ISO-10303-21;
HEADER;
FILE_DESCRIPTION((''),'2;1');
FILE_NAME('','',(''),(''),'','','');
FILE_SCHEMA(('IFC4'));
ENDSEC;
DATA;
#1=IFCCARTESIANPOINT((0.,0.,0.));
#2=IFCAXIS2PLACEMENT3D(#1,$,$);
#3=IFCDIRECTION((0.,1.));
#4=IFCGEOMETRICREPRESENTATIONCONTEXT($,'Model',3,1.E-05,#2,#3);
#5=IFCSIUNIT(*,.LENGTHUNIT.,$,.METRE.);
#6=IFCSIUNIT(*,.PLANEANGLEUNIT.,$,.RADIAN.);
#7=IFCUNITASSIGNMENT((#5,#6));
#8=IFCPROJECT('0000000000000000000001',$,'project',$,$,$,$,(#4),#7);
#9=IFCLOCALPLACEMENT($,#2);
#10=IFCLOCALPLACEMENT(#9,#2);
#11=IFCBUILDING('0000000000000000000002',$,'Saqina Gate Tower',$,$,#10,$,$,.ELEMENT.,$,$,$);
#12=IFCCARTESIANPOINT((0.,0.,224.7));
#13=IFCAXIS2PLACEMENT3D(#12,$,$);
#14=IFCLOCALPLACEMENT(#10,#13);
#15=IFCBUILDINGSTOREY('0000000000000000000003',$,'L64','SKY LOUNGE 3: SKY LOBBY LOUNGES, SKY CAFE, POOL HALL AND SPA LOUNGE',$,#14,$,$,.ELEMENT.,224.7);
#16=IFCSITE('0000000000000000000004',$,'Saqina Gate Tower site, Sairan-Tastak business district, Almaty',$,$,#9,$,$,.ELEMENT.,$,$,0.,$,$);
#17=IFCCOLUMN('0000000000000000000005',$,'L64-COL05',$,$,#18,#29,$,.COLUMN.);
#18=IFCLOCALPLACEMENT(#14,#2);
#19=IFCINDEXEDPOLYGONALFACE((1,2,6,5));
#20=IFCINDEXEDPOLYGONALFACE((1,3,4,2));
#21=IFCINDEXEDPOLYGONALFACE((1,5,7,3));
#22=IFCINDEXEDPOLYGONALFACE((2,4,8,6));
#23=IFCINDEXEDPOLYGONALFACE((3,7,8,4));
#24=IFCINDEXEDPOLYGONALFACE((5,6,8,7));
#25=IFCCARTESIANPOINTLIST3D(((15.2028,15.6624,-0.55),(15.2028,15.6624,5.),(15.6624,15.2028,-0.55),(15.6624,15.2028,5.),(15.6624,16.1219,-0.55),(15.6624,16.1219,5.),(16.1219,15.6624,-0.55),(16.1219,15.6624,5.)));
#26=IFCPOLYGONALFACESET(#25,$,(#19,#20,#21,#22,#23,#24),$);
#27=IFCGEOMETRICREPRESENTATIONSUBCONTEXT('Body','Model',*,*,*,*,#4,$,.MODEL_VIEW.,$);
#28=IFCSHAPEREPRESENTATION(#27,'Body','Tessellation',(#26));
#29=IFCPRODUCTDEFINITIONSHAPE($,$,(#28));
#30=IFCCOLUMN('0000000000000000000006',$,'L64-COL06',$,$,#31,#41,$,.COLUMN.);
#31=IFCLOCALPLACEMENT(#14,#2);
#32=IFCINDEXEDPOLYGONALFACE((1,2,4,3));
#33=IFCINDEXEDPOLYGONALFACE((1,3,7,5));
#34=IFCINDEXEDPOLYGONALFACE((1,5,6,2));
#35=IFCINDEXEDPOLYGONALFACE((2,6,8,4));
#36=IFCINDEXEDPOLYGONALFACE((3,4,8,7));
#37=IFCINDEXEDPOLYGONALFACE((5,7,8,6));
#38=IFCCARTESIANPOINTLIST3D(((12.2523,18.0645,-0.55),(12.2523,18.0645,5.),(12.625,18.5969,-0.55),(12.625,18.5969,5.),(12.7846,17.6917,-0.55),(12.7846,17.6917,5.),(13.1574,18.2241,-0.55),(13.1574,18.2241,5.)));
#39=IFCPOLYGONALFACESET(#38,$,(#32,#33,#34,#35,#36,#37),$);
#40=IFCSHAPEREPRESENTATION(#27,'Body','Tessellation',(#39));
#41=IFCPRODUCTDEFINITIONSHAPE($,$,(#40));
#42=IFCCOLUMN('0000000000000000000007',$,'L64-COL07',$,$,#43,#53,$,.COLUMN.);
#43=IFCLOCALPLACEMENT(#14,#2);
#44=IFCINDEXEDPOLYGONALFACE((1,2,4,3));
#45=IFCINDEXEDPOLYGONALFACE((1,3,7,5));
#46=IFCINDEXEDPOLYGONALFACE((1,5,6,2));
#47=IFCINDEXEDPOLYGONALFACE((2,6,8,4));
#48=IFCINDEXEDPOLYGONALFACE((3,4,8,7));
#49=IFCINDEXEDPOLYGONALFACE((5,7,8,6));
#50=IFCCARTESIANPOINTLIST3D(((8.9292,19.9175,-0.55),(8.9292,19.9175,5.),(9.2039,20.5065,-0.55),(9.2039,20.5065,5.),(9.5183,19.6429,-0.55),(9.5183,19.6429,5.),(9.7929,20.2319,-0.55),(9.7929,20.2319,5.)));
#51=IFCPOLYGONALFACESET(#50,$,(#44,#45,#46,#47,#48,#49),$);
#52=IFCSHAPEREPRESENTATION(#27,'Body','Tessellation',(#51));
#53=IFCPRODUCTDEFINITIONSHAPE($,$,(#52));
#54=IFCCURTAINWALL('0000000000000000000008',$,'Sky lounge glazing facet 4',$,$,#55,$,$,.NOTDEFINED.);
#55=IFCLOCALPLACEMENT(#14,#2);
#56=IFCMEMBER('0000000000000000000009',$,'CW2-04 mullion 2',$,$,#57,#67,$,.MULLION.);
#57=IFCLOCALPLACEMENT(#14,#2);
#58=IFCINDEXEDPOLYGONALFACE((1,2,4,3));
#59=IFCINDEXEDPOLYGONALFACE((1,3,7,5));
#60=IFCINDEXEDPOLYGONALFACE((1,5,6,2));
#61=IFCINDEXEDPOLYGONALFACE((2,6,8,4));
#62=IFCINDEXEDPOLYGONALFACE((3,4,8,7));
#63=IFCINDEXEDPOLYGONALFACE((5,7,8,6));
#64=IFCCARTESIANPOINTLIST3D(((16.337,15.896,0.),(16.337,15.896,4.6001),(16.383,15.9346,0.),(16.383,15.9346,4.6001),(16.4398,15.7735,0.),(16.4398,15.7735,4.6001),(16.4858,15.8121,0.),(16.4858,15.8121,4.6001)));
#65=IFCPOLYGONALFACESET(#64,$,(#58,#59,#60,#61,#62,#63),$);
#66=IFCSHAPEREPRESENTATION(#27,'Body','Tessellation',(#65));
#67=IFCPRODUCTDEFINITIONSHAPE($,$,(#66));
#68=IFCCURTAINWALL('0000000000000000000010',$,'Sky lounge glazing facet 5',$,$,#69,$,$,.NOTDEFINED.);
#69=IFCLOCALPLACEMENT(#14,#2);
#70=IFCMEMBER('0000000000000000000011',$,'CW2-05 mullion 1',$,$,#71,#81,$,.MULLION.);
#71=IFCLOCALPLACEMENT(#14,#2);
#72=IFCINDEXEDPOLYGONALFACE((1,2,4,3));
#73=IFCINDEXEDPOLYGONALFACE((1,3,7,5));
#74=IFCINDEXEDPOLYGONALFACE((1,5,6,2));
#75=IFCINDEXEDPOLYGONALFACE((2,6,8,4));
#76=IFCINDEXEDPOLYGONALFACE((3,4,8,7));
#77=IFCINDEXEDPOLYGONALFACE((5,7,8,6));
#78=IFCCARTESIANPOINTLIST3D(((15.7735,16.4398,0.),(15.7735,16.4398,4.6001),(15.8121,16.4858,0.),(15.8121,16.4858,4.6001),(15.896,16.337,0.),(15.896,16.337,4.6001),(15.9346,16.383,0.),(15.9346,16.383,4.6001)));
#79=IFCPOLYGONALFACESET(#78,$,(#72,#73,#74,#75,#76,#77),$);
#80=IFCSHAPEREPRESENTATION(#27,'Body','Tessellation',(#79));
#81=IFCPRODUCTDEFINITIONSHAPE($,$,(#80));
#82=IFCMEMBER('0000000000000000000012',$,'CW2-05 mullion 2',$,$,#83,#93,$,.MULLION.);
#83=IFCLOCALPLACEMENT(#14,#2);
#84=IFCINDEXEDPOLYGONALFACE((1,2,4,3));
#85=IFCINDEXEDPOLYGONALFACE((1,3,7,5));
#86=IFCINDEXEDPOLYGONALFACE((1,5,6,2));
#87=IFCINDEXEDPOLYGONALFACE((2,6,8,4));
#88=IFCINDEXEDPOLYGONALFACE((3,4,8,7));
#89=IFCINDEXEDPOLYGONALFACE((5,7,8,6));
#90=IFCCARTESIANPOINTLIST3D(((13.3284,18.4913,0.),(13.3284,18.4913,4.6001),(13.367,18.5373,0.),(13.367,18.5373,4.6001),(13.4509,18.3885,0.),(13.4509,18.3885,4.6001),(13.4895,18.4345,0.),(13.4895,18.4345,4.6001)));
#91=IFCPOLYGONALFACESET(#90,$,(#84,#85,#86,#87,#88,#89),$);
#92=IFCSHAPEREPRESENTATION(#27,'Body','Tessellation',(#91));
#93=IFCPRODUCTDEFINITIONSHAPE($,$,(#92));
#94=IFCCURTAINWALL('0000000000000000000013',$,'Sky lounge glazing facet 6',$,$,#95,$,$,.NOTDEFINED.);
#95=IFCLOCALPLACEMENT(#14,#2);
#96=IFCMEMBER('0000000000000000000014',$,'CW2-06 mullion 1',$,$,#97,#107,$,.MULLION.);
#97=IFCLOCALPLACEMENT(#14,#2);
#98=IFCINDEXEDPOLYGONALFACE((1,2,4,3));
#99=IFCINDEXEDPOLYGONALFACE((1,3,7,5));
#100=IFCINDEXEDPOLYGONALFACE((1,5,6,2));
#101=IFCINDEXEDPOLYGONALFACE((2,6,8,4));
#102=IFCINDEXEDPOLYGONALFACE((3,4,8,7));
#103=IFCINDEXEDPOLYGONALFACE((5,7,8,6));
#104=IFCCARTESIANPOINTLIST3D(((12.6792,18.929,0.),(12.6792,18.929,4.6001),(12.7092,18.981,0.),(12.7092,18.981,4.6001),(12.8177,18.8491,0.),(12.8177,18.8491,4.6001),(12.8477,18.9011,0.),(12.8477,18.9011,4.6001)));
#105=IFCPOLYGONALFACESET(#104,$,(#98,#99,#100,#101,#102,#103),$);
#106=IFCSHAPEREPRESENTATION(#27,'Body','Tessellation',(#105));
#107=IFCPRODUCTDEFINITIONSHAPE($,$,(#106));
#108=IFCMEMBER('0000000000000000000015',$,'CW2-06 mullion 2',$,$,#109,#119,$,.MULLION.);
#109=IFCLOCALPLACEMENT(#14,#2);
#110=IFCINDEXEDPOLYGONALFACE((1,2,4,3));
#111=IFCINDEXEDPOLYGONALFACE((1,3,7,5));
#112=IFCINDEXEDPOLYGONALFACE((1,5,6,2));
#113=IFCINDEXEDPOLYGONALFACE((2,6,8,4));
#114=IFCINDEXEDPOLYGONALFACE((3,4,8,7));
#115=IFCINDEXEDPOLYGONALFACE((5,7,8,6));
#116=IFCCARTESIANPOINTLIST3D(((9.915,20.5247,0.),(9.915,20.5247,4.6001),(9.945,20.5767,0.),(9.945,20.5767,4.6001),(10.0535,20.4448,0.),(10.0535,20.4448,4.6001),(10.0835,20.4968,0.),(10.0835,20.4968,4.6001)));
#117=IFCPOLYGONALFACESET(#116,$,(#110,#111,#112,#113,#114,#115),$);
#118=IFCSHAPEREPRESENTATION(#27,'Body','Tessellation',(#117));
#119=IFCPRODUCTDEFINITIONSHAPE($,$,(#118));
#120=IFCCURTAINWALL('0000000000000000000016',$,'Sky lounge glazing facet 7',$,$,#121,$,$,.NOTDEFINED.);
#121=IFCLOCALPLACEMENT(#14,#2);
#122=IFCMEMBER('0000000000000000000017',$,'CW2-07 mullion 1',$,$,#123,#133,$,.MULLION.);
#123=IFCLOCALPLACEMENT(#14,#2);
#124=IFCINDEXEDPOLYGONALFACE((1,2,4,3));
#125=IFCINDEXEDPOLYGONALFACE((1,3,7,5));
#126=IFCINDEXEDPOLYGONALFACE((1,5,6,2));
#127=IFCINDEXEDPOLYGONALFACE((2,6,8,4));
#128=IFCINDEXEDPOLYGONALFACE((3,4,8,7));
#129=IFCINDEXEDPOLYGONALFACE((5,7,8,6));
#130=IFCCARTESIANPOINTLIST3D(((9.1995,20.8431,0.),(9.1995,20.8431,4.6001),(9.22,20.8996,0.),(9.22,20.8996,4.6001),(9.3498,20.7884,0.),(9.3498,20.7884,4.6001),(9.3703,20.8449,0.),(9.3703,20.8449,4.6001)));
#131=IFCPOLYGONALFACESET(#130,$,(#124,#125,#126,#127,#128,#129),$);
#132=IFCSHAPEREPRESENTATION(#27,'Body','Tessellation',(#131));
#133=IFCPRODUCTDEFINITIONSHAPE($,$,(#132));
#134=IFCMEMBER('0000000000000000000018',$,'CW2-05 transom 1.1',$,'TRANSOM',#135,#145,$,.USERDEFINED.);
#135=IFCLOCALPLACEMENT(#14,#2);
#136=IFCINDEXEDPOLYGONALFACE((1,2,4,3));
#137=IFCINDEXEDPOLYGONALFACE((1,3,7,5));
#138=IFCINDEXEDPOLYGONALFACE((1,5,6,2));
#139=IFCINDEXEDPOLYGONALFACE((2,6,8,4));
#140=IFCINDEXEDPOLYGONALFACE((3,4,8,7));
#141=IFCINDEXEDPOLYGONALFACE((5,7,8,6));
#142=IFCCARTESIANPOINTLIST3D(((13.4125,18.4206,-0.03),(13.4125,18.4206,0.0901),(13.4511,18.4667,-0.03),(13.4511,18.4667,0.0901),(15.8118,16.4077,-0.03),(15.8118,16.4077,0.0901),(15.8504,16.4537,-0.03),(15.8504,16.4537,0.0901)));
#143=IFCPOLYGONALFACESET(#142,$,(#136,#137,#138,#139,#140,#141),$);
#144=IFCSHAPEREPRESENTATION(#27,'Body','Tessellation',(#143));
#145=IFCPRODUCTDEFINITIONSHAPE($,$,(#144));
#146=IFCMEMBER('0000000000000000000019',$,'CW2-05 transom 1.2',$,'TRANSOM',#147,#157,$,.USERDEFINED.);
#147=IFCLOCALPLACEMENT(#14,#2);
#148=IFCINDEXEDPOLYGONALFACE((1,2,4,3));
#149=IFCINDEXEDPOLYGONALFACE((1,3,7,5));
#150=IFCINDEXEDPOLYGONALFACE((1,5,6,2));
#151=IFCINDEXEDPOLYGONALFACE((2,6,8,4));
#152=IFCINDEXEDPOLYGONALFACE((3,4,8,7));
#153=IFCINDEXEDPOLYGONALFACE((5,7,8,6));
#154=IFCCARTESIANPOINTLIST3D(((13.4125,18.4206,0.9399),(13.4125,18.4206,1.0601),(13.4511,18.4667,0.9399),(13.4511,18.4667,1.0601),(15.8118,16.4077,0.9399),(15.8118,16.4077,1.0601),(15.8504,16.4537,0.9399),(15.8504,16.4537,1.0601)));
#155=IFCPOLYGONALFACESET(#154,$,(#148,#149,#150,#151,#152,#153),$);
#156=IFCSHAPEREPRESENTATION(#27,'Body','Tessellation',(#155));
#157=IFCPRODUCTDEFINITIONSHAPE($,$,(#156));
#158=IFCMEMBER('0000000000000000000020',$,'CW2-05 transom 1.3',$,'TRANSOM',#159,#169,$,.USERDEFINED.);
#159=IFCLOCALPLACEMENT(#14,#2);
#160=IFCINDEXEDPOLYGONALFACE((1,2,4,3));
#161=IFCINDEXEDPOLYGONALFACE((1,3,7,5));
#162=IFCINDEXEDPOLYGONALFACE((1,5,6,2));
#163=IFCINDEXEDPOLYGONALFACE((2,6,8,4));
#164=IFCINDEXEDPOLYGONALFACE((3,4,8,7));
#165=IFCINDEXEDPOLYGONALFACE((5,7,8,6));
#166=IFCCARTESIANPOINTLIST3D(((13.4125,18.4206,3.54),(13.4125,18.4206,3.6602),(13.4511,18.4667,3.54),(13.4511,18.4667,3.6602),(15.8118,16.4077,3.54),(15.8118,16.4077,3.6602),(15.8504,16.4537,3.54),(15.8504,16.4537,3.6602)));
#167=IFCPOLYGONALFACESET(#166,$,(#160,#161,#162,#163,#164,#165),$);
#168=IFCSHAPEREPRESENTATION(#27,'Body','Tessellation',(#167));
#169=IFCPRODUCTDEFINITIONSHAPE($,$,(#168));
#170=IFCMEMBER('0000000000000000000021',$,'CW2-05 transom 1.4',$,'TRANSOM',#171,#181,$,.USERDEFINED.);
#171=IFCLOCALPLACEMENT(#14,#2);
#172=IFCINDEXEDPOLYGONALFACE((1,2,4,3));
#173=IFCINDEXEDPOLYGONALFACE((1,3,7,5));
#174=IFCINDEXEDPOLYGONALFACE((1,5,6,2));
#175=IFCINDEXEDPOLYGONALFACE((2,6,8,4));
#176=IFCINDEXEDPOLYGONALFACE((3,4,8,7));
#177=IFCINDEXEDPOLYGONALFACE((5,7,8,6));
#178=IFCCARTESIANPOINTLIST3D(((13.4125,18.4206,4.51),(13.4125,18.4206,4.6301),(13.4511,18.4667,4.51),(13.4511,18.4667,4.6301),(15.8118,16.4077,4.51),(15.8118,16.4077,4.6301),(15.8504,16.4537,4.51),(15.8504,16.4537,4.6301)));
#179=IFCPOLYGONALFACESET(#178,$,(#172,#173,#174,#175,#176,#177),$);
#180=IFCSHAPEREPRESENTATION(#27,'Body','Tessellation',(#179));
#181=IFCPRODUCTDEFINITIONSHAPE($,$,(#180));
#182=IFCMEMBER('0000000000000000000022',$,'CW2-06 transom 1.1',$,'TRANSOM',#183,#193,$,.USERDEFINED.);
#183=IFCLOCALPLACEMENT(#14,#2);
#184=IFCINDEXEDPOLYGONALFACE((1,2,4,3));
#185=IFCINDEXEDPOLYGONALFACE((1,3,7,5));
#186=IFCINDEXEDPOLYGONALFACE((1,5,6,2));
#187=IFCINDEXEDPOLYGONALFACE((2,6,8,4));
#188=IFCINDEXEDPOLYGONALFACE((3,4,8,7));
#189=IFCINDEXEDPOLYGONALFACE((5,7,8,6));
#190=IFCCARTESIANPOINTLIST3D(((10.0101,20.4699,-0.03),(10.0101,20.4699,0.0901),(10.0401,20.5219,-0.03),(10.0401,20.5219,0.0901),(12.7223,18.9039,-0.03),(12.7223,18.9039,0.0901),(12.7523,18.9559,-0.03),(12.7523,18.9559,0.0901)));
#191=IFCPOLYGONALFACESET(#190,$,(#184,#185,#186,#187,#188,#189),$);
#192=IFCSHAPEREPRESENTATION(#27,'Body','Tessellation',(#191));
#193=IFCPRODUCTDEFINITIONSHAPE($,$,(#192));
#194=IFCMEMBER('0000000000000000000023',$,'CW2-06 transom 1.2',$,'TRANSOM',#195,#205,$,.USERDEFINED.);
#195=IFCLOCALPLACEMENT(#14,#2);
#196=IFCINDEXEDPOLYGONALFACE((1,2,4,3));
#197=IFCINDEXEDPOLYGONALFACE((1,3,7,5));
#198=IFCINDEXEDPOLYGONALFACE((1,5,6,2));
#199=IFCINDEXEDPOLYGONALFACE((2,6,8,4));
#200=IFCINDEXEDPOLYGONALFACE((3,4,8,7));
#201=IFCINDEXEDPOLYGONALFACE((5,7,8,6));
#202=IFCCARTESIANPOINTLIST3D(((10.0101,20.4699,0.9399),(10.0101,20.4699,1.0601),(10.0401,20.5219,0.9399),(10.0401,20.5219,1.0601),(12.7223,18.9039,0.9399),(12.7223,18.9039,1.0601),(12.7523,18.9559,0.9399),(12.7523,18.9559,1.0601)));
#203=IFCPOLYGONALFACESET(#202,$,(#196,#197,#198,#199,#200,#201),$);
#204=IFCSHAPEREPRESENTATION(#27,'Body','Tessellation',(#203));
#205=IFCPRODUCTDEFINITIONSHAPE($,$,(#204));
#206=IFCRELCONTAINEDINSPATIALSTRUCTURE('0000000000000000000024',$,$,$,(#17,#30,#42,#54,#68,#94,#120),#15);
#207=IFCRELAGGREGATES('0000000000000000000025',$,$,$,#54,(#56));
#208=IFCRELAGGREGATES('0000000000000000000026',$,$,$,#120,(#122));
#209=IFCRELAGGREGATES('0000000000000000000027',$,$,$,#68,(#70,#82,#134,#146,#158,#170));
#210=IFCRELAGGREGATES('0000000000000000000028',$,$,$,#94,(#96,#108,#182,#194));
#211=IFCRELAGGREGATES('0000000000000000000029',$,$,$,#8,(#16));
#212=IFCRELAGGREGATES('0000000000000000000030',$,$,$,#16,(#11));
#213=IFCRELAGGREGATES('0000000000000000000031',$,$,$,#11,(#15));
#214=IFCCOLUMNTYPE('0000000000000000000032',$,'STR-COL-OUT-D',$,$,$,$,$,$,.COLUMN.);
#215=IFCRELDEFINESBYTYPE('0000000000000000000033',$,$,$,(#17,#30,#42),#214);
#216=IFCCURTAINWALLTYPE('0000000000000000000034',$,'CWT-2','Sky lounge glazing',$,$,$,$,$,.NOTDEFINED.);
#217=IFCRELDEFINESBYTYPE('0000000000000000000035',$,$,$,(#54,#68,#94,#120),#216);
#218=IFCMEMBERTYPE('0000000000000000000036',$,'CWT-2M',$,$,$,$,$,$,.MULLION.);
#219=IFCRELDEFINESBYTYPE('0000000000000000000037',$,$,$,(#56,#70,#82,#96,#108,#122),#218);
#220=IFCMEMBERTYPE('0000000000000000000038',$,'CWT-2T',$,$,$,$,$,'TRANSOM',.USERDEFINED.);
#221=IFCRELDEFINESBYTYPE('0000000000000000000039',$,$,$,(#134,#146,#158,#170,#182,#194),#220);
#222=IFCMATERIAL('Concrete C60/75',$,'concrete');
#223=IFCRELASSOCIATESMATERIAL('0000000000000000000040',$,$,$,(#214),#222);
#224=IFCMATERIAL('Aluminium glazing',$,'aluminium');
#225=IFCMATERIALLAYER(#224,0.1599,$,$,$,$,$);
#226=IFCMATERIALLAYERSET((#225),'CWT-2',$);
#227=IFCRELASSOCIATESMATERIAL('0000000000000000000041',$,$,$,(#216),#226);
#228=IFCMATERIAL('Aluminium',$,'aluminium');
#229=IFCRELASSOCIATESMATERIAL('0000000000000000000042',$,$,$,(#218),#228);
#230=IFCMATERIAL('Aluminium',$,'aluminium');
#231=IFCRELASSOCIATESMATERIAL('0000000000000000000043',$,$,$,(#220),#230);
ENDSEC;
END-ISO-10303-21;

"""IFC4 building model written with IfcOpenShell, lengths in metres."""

from ifc_helpers import new_model, si_unit, direction, frame, origin, origin_2d, place, context, subcontext, project, spatial, rectangle, extrude, material, layer, layer_set, material_profile, profile_set, type_object, element, aggregate, save


model = new_model("IFC4")

# Units and contexts
model_context = context("Model", 3, precision=1e-05, world=origin(), true_north=direction((0.0, 1.0)))
body_context = subcontext(model_context, "Body", "Model", "MODEL_VIEW")
ifc_project = project(units=[si_unit("LENGTHUNIT", "METRE"), si_unit("PLANEANGLEUNIT", "RADIAN")], contexts=[model_context])

# Site, building, storey
site_placement = place(None, origin())
site = spatial("IfcSite", under=ifc_project, at=site_placement, Name="Saqina Gate Tower site, Sairan-Tastak business district, Almaty", CompositionType="ELEMENT", RefElevation=0.0)
building_placement = place(site_placement, origin())
building = spatial("IfcBuilding", under=site, at=building_placement, Name="Saqina Gate Tower", CompositionType="ELEMENT")
storey_placement = place(building_placement, frame((0.0, 0.0, 224.7)))
storey = spatial("IfcBuildingStorey", under=building, at=storey_placement, Name="L64", Description="SKY LOUNGE 3: SKY LOBBY LOUNGES, SKY CAFE, POOL HALL AND SPA LOUNGE", CompositionType="ELEMENT", Elevation=224.7)

# Columns
ifc_material_1 = material(Name="Concrete C60/75", Category="concrete")
ifc_material_profile_1 = material_profile(ifc_material_1, rectangle(XDim=0.6499, YDim=0.6499, at=origin_2d()), Name="RC 650x650")
ifc_profile_set_1 = profile_set([ifc_material_profile_1], Name="Concrete C60/75")
column_type = type_object("IfcColumnType", Name="STR-COL-OUT-D", PredefinedType="COLUMN", material=ifc_profile_set_1)
for number, where, z_axis, x_axis, name in (
    (1, (15.6624, 15.6624, -0.55), (0.0, 0.0, 1.0), (0.707107, 0.707107, 0.0), "L64-COL05"),
    (2, (12.7048, 18.1443, -0.55), (0.0, 0.0, 1.0), (0.573576, 0.819152, 0.0), "L64-COL06"),
    (3, (9.3611, 20.0747, -0.55), (0.0, 0.0, 1.0), (0.422618, 0.906308, 0.0), "L64-COL07"),
):
    element("IfcColumn", number, at=place(storey_placement, frame(where, z_axis=z_axis, x_axis=x_axis)), inside=storey, type_object=column_type, Name=name, PredefinedType="COLUMN", context=body_context, shape_type="SweptSolid", body=[
        extrude(rectangle(XDim=0.6499, YDim=0.6499, at=origin_2d()), origin(), (0.0, 0.0, 1.0), 5.55),
    ])

# Curtain wall, member
ifc_material_2 = material(Name="Aluminium glazing", Category="aluminium")
ifc_layer_1 = layer(ifc_material_2, 0.1599)
ifc_layer_set_1 = layer_set([ifc_layer_1], Name="CWT-2")
curtain_wall_type = type_object("IfcCurtainWallType", Name="CWT-2", Description="Sky lounge glazing", PredefinedType="NOTDEFINED", material=ifc_layer_set_1)
curtain_wall_1_placement = place(storey_placement, origin())
curtain_wall_1 = element("IfcCurtainWall", 4, at=curtain_wall_1_placement, inside=storey, type_object=curtain_wall_type, Name="Sky lounge glazing facet 4", PredefinedType="NOTDEFINED")
ifc_material_3 = material(Name="Aluminium", Category="aluminium")
ifc_material_profile_2 = material_profile(ifc_material_3, rectangle(XDim=0.0601, YDim=0.1599, at=origin_2d()), Name="Aluminium 60x160")
ifc_profile_set_2 = profile_set([ifc_material_profile_2], Name="Aluminium")
member_type_1 = type_object("IfcMemberType", Name="CWT-2M", PredefinedType="MULLION", material=ifc_profile_set_2)
member_1_placement = place(storey_placement, frame((16.4114, 15.854, 0.0), z_axis=(0.0, 0.0, 1.0), x_axis=(-0.766046, -0.642785, 0.0)))
member_1 = element("IfcMember", 5, at=member_1_placement, type_object=member_type_1, Name="CW2-04 mullion 2", PredefinedType="MULLION", context=body_context, shape_type="SweptSolid", body=[
    extrude(rectangle(XDim=0.0601, YDim=0.1599, at=origin_2d()), origin(), (0.0, 0.0, 1.0), 4.6001),
])
aggregate(curtain_wall_1, [member_1])

# Curtain walls, members
curtain_wall_2_placement = place(storey_placement, origin())
curtain_wall_2 = element("IfcCurtainWall", 6, at=curtain_wall_2_placement, inside=storey, type_object=curtain_wall_type, Name="Sky lounge glazing facet 5", PredefinedType="NOTDEFINED")
member_2_placement = place(storey_placement, frame((15.854, 16.4114, 0.0), z_axis=(0.0, 0.0, 1.0), x_axis=(-0.642785, -0.766046, 0.0)))
member_2 = element("IfcMember", 7, at=member_2_placement, type_object=member_type_1, Name="CW2-05 mullion 1", PredefinedType="MULLION", context=body_context, shape_type="SweptSolid", body=[
    extrude(rectangle(XDim=0.0601, YDim=0.1599, at=origin_2d()), origin(), (0.0, 0.0, 1.0), 4.6001),
])
member_3_placement = place(storey_placement, frame((13.4089, 18.4629, 0.0), z_axis=(0.0, 0.0, 1.0), x_axis=(-0.642785, -0.766046, 0.0)))
member_3 = element("IfcMember", 8, at=member_3_placement, type_object=member_type_1, Name="CW2-05 mullion 2", PredefinedType="MULLION", context=body_context, shape_type="SweptSolid", body=[
    extrude(rectangle(XDim=0.0601, YDim=0.1599, at=origin_2d()), origin(), (0.0, 0.0, 1.0), 4.6001),
])
curtain_wall_3_placement = place(storey_placement, origin())
curtain_wall_3 = element("IfcCurtainWall", 9, at=curtain_wall_3_placement, inside=storey, type_object=curtain_wall_type, Name="Sky lounge glazing facet 6", PredefinedType="NOTDEFINED")
member_4_placement = place(storey_placement, frame((12.7634, 18.915, 0.0), z_axis=(0.0, 0.0, 1.0), x_axis=(-0.499982, -0.866036, 0.0)))
member_4 = element("IfcMember", 10, at=member_4_placement, type_object=member_type_1, Name="CW2-06 mullion 1", PredefinedType="MULLION", context=body_context, shape_type="SweptSolid", body=[
    extrude(rectangle(XDim=0.0601, YDim=0.1599, at=origin_2d()), origin(), (0.0, 0.0, 1.0), 4.6001),
])
member_5_placement = place(storey_placement, frame((9.9993, 20.5107, 0.0), z_axis=(0.0, 0.0, 1.0), x_axis=(-0.499982, -0.866036, 0.0)))
member_5 = element("IfcMember", 11, at=member_5_placement, type_object=member_type_1, Name="CW2-06 mullion 2", PredefinedType="MULLION", context=body_context, shape_type="SweptSolid", body=[
    extrude(rectangle(XDim=0.0601, YDim=0.1599, at=origin_2d()), origin(), (0.0, 0.0, 1.0), 4.6001),
])

# Curtain wall, member
curtain_wall_4_placement = place(storey_placement, origin())
curtain_wall_4 = element("IfcCurtainWall", 12, at=curtain_wall_4_placement, inside=storey, type_object=curtain_wall_type, Name="Sky lounge glazing facet 7", PredefinedType="NOTDEFINED")
member_6_placement = place(storey_placement, frame((9.2849, 20.844, 0.0), z_axis=(0.0, 0.0, 1.0), x_axis=(-0.342007, -0.939697, 0.0)))
member_6 = element("IfcMember", 13, at=member_6_placement, type_object=member_type_1, Name="CW2-07 mullion 1", PredefinedType="MULLION", context=body_context, shape_type="SweptSolid", body=[
    extrude(rectangle(XDim=0.0601, YDim=0.1599, at=origin_2d()), origin(), (0.0, 0.0, 1.0), 4.6001),
])
aggregate(curtain_wall_4, [member_6])

# Members
ifc_material_4 = material(Name="Aluminium", Category="aluminium")
ifc_material_profile_3 = material_profile(ifc_material_4, rectangle(XDim=0.0601, YDim=0.1201, at=origin_2d()), Name="Aluminium 60x120")
ifc_profile_set_3 = profile_set([ifc_material_profile_3], Name="Aluminium")
member_type_2 = type_object("IfcMemberType", Name="CWT-2T", ElementType="TRANSOM", PredefinedType="USERDEFINED", material=ifc_profile_set_3)
member_7_placement = place(storey_placement, frame((15.8311, 16.4307, 0.03), z_axis=(-0.766076, 0.64275, 0.0), x_axis=(-0.64275, -0.766076, 0.0)))
member_7 = element("IfcMember", 14, at=member_7_placement, type_object=member_type_2, Name="CW2-05 transom 1.1", ObjectType="TRANSOM", PredefinedType="USERDEFINED", context=body_context, shape_type="SweptSolid", body=[
    extrude(rectangle(XDim=0.0601, YDim=0.1201, at=origin_2d()), origin(), (0.0, 0.0, 1.0), 3.1318),
])
member_8_placement = place(storey_placement, frame((15.8311, 16.4307, 1.0), z_axis=(-0.766076, 0.64275, 0.0), x_axis=(-0.64275, -0.766076, 0.0)))
member_8 = element("IfcMember", 15, at=member_8_placement, type_object=member_type_2, Name="CW2-05 transom 1.2", ObjectType="TRANSOM", PredefinedType="USERDEFINED", context=body_context, shape_type="SweptSolid", body=[
    extrude(rectangle(XDim=0.0601, YDim=0.1201, at=origin_2d()), origin(), (0.0, 0.0, 1.0), 3.1318),
])
member_9_placement = place(storey_placement, frame((15.8311, 16.4307, 3.6001), z_axis=(-0.766076, 0.64275, 0.0), x_axis=(-0.64275, -0.766076, 0.0)))
member_9 = element("IfcMember", 16, at=member_9_placement, type_object=member_type_2, Name="CW2-05 transom 1.3", ObjectType="TRANSOM", PredefinedType="USERDEFINED", context=body_context, shape_type="SweptSolid", body=[
    extrude(rectangle(XDim=0.0601, YDim=0.1201, at=origin_2d()), origin(), (0.0, 0.0, 1.0), 3.1318),
])
member_10_placement = place(storey_placement, frame((15.8311, 16.4307, 4.5701), z_axis=(-0.766076, 0.64275, 0.0), x_axis=(-0.64275, -0.766076, 0.0)))
member_10 = element("IfcMember", 17, at=member_10_placement, type_object=member_type_2, Name="CW2-05 transom 1.4", ObjectType="TRANSOM", PredefinedType="USERDEFINED", context=body_context, shape_type="SweptSolid", body=[
    extrude(rectangle(XDim=0.0601, YDim=0.1201, at=origin_2d()), origin(), (0.0, 0.0, 1.0), 3.1318),
])
member_11_placement = place(storey_placement, frame((12.7373, 18.9299, 0.03), z_axis=(-0.866018, 0.500013, 0.0), x_axis=(-0.500013, -0.866018, 0.0)))
member_11 = element("IfcMember", 18, at=member_11_placement, type_object=member_type_2, Name="CW2-06 transom 1.1", ObjectType="TRANSOM", PredefinedType="USERDEFINED", context=body_context, shape_type="SweptSolid", body=[
    extrude(rectangle(XDim=0.0601, YDim=0.1201, at=origin_2d()), origin(), (0.0, 0.0, 1.0), 3.1318),
])
member_12_placement = place(storey_placement, frame((12.7373, 18.9299, 1.0), z_axis=(-0.866018, 0.500013, 0.0), x_axis=(-0.500013, -0.866018, 0.0)))
member_12 = element("IfcMember", 19, at=member_12_placement, type_object=member_type_2, Name="CW2-06 transom 1.2", ObjectType="TRANSOM", PredefinedType="USERDEFINED", context=body_context, shape_type="SweptSolid", body=[
    extrude(rectangle(XDim=0.0601, YDim=0.1201, at=origin_2d()), origin(), (0.0, 0.0, 1.0), 3.1318),
])

aggregate(curtain_wall_2, [member_2, member_3, member_7, member_8, member_9, member_10])
aggregate(curtain_wall_3, [member_4, member_5, member_11, member_12])

save(model, "model.ifc")
